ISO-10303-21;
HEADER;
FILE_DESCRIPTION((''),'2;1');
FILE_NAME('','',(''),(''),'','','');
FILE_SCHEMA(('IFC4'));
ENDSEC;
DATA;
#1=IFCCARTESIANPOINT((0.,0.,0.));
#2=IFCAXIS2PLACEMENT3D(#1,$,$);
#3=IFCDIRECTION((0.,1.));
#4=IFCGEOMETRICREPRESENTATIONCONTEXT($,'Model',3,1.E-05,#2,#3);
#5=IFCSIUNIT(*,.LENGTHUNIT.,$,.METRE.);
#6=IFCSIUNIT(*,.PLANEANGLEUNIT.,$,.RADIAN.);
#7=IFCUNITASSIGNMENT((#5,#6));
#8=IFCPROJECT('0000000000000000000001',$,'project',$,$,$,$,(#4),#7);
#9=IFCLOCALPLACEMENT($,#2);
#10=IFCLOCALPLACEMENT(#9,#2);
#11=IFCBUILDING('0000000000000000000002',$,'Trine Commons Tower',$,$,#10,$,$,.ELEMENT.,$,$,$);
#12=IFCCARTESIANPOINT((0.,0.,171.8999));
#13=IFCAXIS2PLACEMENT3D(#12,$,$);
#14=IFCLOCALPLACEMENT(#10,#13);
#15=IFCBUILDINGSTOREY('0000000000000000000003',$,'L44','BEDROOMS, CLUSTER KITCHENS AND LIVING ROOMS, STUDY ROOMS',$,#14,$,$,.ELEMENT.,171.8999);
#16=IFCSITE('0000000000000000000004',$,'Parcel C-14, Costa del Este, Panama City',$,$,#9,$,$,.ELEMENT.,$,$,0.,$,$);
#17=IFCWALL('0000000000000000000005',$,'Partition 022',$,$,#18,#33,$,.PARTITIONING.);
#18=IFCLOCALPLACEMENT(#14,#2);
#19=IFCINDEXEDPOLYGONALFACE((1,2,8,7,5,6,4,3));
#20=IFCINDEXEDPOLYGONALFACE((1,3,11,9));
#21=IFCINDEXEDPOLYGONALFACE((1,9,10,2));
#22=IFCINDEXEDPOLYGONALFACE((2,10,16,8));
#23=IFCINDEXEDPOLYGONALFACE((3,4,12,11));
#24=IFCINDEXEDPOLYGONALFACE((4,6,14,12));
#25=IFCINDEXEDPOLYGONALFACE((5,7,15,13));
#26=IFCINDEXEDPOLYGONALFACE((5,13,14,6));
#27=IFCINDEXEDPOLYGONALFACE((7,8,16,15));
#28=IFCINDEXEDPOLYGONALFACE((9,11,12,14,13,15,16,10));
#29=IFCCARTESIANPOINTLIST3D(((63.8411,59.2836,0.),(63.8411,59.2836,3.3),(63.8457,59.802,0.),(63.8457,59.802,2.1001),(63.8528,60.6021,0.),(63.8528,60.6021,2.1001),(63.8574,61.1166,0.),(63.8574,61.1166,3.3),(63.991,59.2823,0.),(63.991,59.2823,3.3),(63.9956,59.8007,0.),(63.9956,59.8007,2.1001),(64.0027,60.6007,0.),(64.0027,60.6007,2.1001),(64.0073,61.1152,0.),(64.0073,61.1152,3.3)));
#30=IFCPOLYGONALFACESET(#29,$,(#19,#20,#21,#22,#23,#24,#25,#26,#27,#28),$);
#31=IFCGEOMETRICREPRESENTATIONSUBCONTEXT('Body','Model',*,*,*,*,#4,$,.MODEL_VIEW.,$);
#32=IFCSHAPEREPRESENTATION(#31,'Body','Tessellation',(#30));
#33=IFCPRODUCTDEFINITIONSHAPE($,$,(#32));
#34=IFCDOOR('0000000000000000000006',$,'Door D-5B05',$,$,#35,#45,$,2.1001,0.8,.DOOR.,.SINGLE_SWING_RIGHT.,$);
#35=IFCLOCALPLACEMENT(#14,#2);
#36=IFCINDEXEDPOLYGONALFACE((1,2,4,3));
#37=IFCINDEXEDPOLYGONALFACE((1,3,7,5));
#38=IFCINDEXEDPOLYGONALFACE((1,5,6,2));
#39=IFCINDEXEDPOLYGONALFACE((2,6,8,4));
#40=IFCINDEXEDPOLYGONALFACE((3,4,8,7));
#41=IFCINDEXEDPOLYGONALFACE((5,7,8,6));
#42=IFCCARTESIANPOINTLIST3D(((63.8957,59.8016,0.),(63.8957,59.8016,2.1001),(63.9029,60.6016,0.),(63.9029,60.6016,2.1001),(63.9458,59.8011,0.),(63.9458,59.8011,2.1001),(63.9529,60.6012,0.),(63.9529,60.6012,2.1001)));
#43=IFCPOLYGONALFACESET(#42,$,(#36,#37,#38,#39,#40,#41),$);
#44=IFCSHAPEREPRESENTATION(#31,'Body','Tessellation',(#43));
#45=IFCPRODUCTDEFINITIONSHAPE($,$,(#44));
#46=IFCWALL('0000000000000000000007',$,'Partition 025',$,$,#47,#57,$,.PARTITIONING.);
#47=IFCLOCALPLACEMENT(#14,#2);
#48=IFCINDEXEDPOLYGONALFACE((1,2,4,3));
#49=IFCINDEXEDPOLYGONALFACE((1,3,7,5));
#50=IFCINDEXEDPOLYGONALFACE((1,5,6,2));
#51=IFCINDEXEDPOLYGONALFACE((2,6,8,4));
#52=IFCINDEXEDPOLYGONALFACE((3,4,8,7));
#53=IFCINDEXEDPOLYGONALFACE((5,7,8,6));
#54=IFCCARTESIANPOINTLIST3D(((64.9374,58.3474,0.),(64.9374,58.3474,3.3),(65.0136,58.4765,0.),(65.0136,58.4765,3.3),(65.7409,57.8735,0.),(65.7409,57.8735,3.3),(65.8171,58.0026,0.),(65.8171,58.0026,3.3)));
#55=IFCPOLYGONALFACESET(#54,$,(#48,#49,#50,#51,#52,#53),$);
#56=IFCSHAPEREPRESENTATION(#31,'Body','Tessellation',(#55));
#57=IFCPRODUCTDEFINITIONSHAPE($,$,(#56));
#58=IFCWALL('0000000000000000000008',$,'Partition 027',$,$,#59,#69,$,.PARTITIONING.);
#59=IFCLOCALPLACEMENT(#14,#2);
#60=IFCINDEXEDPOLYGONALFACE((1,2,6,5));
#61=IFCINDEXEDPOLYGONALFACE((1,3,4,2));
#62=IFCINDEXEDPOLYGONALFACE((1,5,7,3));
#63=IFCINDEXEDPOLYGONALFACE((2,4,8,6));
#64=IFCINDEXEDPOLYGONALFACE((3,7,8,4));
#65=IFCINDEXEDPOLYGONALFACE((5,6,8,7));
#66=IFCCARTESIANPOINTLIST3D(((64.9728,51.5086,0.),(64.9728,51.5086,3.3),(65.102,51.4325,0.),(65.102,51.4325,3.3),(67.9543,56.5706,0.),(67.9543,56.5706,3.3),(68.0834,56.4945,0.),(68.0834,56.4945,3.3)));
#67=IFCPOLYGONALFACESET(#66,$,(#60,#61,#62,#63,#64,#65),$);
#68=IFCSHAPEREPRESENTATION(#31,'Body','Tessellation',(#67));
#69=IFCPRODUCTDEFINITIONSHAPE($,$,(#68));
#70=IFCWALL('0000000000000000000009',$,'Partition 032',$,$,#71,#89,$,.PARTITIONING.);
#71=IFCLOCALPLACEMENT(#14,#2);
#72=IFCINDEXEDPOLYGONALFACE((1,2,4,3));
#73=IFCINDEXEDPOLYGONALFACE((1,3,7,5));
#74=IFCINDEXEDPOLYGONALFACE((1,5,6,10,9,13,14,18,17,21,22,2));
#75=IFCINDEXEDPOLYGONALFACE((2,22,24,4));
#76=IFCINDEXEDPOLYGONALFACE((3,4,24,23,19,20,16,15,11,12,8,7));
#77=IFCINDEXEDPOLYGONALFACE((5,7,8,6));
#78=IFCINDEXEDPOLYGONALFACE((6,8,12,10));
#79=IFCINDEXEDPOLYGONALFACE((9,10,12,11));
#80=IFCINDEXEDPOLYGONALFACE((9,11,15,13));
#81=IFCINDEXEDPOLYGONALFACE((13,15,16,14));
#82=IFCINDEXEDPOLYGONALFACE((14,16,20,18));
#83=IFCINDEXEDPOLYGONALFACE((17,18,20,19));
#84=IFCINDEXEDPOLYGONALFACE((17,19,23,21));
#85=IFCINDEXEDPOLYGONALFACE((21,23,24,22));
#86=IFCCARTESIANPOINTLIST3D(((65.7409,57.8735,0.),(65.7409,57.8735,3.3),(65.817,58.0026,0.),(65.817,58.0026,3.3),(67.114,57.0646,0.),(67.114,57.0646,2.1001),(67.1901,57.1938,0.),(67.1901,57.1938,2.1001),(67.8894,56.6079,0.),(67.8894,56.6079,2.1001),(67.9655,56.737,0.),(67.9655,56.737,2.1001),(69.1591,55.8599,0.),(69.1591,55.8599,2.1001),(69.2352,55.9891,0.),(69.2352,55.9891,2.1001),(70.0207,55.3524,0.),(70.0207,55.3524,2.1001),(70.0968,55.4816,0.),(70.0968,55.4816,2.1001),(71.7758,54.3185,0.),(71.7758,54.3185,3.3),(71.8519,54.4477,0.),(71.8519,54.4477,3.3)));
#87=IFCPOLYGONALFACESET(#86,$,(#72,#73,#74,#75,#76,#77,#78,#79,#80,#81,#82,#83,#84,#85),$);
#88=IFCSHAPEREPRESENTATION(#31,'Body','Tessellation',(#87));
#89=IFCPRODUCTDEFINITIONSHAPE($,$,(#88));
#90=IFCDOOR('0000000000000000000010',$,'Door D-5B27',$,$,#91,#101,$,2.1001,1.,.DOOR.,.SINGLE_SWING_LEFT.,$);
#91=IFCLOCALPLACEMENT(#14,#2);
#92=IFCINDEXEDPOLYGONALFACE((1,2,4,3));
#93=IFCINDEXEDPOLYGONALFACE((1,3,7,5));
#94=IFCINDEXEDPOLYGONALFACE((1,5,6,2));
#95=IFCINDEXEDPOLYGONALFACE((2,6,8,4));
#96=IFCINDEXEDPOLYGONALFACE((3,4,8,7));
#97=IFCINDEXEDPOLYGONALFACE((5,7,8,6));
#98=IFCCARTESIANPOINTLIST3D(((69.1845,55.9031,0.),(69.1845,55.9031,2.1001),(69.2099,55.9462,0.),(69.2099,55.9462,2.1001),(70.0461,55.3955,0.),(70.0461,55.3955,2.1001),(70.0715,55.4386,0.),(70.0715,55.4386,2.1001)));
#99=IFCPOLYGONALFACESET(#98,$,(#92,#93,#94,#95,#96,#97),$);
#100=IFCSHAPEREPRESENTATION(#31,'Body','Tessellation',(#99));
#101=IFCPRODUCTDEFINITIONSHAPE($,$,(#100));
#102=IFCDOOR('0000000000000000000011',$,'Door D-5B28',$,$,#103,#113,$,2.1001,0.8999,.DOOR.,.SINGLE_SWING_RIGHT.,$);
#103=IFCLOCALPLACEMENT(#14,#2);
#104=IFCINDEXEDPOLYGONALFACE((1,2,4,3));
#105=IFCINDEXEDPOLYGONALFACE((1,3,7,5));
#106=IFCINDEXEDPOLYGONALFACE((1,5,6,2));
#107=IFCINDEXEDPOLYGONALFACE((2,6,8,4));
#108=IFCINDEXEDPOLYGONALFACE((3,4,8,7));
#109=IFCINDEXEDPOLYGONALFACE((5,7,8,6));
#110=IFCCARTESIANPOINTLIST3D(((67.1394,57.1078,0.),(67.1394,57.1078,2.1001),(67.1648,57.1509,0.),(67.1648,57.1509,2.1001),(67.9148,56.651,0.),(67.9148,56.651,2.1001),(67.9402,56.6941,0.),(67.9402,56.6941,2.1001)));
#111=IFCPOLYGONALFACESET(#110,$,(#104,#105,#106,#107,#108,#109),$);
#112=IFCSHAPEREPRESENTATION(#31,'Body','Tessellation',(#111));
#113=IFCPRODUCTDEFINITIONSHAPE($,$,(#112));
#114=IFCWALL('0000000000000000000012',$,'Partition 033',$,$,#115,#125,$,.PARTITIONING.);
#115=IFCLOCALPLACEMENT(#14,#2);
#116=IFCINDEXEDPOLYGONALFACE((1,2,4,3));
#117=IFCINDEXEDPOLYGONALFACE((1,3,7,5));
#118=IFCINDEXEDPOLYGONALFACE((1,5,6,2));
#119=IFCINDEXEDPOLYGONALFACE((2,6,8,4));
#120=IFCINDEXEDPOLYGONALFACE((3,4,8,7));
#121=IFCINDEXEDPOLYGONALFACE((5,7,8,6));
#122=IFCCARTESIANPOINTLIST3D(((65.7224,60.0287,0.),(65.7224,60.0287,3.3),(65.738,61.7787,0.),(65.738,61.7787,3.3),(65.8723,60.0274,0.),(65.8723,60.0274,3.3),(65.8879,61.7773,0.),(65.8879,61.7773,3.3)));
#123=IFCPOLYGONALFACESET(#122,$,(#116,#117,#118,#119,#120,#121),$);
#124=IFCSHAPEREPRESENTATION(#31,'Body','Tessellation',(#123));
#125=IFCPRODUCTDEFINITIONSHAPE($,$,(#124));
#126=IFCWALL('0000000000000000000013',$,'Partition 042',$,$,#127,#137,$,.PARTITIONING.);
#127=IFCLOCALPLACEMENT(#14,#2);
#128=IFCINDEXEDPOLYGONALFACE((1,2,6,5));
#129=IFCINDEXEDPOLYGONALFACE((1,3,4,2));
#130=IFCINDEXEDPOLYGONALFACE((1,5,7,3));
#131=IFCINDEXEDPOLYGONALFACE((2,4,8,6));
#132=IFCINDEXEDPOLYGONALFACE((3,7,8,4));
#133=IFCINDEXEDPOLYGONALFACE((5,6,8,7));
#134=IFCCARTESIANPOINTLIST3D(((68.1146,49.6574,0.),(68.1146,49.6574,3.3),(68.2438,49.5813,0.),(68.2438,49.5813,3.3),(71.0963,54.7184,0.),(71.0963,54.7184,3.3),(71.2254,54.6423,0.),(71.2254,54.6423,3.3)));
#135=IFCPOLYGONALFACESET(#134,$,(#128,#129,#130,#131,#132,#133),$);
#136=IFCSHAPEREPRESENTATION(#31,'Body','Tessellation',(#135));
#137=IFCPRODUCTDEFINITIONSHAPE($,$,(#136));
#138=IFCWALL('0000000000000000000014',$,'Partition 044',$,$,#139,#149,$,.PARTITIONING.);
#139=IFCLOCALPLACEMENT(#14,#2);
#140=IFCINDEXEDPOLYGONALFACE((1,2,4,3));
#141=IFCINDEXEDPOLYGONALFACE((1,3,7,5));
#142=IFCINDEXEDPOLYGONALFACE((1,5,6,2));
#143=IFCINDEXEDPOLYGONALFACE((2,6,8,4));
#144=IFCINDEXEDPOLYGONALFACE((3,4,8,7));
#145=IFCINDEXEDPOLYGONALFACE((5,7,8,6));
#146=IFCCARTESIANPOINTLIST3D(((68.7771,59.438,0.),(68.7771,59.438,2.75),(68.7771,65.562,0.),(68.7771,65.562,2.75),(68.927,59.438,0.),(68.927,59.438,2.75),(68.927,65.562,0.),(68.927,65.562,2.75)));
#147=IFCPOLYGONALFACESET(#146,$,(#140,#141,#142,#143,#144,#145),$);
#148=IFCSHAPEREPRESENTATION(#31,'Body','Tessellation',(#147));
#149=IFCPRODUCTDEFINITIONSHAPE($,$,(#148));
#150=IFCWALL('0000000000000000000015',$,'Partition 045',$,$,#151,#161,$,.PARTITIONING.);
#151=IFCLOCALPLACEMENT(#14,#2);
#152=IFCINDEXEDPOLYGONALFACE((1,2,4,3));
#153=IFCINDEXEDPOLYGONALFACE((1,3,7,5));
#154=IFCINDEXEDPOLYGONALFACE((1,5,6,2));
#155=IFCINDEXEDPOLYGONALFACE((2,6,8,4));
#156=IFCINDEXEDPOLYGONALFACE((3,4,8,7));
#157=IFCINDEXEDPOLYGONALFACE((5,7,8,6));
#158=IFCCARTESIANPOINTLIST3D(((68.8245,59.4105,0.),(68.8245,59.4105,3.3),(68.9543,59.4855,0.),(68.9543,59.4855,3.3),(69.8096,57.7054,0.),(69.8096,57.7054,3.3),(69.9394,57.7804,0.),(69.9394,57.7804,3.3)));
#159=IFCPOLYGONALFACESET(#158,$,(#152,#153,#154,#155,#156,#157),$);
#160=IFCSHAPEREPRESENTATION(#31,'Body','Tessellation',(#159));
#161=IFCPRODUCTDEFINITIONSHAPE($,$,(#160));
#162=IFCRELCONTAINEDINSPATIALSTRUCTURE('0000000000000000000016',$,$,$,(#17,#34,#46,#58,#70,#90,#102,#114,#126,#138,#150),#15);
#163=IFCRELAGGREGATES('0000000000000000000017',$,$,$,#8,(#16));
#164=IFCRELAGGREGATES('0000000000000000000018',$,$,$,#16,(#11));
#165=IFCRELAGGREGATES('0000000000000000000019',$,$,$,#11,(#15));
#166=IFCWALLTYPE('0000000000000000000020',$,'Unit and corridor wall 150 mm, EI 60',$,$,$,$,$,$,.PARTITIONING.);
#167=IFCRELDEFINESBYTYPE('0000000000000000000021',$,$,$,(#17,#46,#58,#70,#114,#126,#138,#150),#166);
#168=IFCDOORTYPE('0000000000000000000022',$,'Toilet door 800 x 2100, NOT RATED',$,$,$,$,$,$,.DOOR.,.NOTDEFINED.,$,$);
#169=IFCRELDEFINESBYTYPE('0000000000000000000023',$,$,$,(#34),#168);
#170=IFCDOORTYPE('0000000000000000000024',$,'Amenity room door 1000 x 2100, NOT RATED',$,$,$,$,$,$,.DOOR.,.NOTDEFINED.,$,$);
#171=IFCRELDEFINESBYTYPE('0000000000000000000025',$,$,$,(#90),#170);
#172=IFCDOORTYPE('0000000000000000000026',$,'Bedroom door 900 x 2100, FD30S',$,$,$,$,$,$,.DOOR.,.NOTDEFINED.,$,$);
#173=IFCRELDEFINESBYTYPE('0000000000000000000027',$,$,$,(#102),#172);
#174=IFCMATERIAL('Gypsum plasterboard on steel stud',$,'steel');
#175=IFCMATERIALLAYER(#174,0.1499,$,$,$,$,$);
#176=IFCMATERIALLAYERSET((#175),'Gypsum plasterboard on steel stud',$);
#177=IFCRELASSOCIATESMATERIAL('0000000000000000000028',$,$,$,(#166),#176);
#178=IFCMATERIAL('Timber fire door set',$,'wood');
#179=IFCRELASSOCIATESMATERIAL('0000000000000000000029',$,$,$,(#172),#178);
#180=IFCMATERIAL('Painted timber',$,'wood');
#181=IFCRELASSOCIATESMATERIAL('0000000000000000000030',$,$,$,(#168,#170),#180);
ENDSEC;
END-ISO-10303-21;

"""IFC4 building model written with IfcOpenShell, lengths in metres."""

from ifc_helpers import new_model, si_unit, direction, frame, frame_2d, origin, place, context, subcontext, project, spatial, rectangle, extrude, material, layer, layer_set, type_object, element, fill, save


model = new_model("IFC4")

# Units and contexts
model_context = context("Model", 3, precision=1e-05, world=origin(), true_north=direction((0.0, 1.0)))
body_context = subcontext(model_context, "Body", "Model", "MODEL_VIEW")
ifc_project = project(units=[si_unit("LENGTHUNIT", "METRE"), si_unit("PLANEANGLEUNIT", "RADIAN")], contexts=[model_context])

# Site, building, storey
site_placement = place(None, origin())
site = spatial("IfcSite", under=ifc_project, at=site_placement, Name="Parcel C-14, Costa del Este, Panama City", CompositionType="ELEMENT", RefElevation=0.0)
building_placement = place(site_placement, origin())
building = spatial("IfcBuilding", under=site, at=building_placement, Name="Trine Commons Tower", CompositionType="ELEMENT")
storey_placement = place(building_placement, frame((0.0, 0.0, 171.8999)))
storey = spatial("IfcBuildingStorey", under=building, at=storey_placement, Name="L44", Description="BEDROOMS, CLUSTER KITCHENS AND LIVING ROOMS, STUDY ROOMS", CompositionType="ELEMENT", Elevation=171.8999)

# Shared definitions
ifc_material_1 = material(Name="Gypsum plasterboard on steel stud", Category="steel")
ifc_layer_1 = layer(ifc_material_1, 0.1499)
ifc_layer_set_1 = layer_set([ifc_layer_1], Name="Gypsum plasterboard on steel stud")
wall_type_1 = type_object("IfcWallType", Name="Unit and corridor wall 150 mm, EI 60", PredefinedType="PARTITIONING", material=ifc_layer_set_1)
ifc_material_2 = material(Name="Timber fire door set", Category="wood")
door_type_1 = type_object("IfcDoorType", Name="Bedroom door 900 x 2100, FD30S", OperationType="NOTDEFINED", PredefinedType="DOOR", material=ifc_material_2)

# Wall, opening, door
wall_1_placement = place(storey_placement, frame((63.916, 59.283, 0.0), z_axis=(0.0, 0.0, 1.0), x_axis=(0.008923, 0.99996, 0.0)))
wall_1 = element("IfcWall", 1, at=wall_1_placement, inside=storey, type_object=wall_type_1, Name="Partition 022", PredefinedType="PARTITIONING", context=body_context, shape_type="SweptSolid", body=[
    extrude(rectangle(XDim=1.833, YDim=0.1499, at=frame_2d((0.9165, 0.0))), origin(), (0.0, 0.0, 1.0), 3.3),
])
opening_1_placement = place(wall_1_placement, frame((0.5186, 0.0, 0.0)))
opening_1 = element("IfcOpeningElement", 2, at=opening_1_placement, cuts=wall_1, PredefinedType="OPENING", context=body_context, shape_type="SweptSolid", body=[
    extrude(rectangle(XDim=0.8, YDim=2.1001, at=frame_2d((0.3999, 1.05))), frame((0.0, 0.085, 0.0), z_axis=(0.0, -1.0, 0.0), x_axis=(1.0, 0.0, 0.0)), (0.0, 0.0, 1.0), 0.1699),
])
ifc_material_3 = material(Name="Painted timber", Category="wood")
door_type_2 = type_object("IfcDoorType", Name="Toilet door 800 x 2100, NOT RATED", OperationType="NOTDEFINED", PredefinedType="DOOR", material=ifc_material_3)
door_1_placement = place(opening_1_placement, origin())
door_1 = element("IfcDoor", 3, at=door_1_placement, inside=storey, type_object=door_type_2, Name="Door D-5B05", OperationType="SINGLE_SWING_RIGHT", OverallHeight=2.1001, OverallWidth=0.8, PredefinedType="DOOR", context=body_context, shape_type="SweptSolid", body=[
    extrude(rectangle(XDim=0.8, YDim=2.1001, at=frame_2d((0.3999, 1.05))), frame((0.0, 0.0249, 0.0), z_axis=(0.0, -1.0, 0.0), x_axis=(1.0, 0.0, 0.0)), (0.0, 0.0, 1.0), 0.05),
])
fill(opening_1, door_1)

# Walls
wall_2_placement = place(storey_placement, frame((64.9756, 58.4119, 0.0), z_axis=(0.0, 0.0, 1.0), x_axis=(0.861348, -0.508015, 0.0)))
element("IfcWall", 4, at=wall_2_placement, inside=storey, type_object=wall_type_1, Name="Partition 025", PredefinedType="PARTITIONING", context=body_context, shape_type="SweptSolid", body=[
    extrude(rectangle(XDim=0.9329, YDim=0.1499, at=frame_2d((0.4663, 0.0))), origin(), (0.0, 0.0, 1.0), 3.3),
])
wall_3_placement = place(storey_placement, frame((65.0374, 51.4705, 0.0), z_axis=(0.0, 0.0, 1.0), x_axis=(0.5075, 0.861652, 0.0)))
element("IfcWall", 5, at=wall_3_placement, inside=storey, type_object=wall_type_1, Name="Partition 027", PredefinedType="PARTITIONING", context=body_context, shape_type="SweptSolid", body=[
    extrude(rectangle(XDim=5.8748, YDim=0.1499, at=frame_2d((2.9375, 0.0))), origin(), (0.0, 0.0, 1.0), 3.3),
])

# Wall, openings, doors
wall_4_placement = place(storey_placement, frame((65.7791, 57.938, 0.0), z_axis=(0.0, 0.0, 1.0), x_axis=(0.861623, -0.507549, 0.0)))
wall_4 = element("IfcWall", 6, at=wall_4_placement, inside=storey, type_object=wall_type_1, Name="Partition 032", PredefinedType="PARTITIONING", context=body_context, shape_type="SweptSolid", body=[
    extrude(rectangle(XDim=7.0042, YDim=0.1499, at=frame_2d((3.502, 0.0))), origin(), (0.0, 0.0, 1.0), 3.3),
])
opening_2_placement = place(wall_4_placement, frame((3.967, 0.0, 0.0)))
opening_2 = element("IfcOpeningElement", 7, at=opening_2_placement, cuts=wall_4, PredefinedType="OPENING", context=body_context, shape_type="SweptSolid", body=[
    extrude(rectangle(XDim=1.0, YDim=2.1001, at=frame_2d((0.5, 1.05))), frame((0.0, 0.085, 0.0), z_axis=(0.0, -1.0, 0.0), x_axis=(1.0, 0.0, 0.0)), (0.0, 0.0, 1.0), 0.1699),
])
opening_3_placement = place(wall_4_placement, frame((1.5935, 0.0, 0.0)))
opening_3 = element("IfcOpeningElement", 8, at=opening_3_placement, cuts=wall_4, PredefinedType="OPENING", context=body_context, shape_type="SweptSolid", body=[
    extrude(rectangle(XDim=0.8999, YDim=2.1001, at=frame_2d((0.45, 1.05))), frame((0.0, 0.085, 0.0), z_axis=(0.0, -1.0, 0.0), x_axis=(1.0, 0.0, 0.0)), (0.0, 0.0, 1.0), 0.1699),
])
door_type_3 = type_object("IfcDoorType", Name="Amenity room door 1000 x 2100, NOT RATED", OperationType="NOTDEFINED", PredefinedType="DOOR", material=ifc_material_3)
door_2_placement = place(opening_2_placement, frame((1.0, 0.0, 0.0), z_axis=(0.0, 0.0, 1.0), x_axis=(-1.0, 0.0, 0.0)))
door_2 = element("IfcDoor", 9, at=door_2_placement, inside=storey, type_object=door_type_3, Name="Door D-5B27", OperationType="SINGLE_SWING_LEFT", OverallHeight=2.1001, OverallWidth=1.0, PredefinedType="DOOR", context=body_context, shape_type="SweptSolid", body=[
    extrude(rectangle(XDim=1.0, YDim=2.1001, at=frame_2d((0.5, 1.05))), frame((0.0, 0.0249, 0.0), z_axis=(0.0, -1.0, 0.0), x_axis=(1.0, 0.0, 0.0)), (0.0, 0.0, 1.0), 0.05),
])
fill(opening_2, door_2)
door_3_placement = place(opening_3_placement, frame((0.8999, 0.0, 0.0), z_axis=(0.0, 0.0, 1.0), x_axis=(-1.0, 0.0, 0.0)))
door_3 = element("IfcDoor", 10, at=door_3_placement, inside=storey, type_object=door_type_1, Name="Door D-5B28", OperationType="SINGLE_SWING_RIGHT", OverallHeight=2.1001, OverallWidth=0.8999, PredefinedType="DOOR", context=body_context, shape_type="SweptSolid", body=[
    extrude(rectangle(XDim=0.8999, YDim=2.1001, at=frame_2d((0.45, 1.05))), frame((0.0, 0.0249, 0.0), z_axis=(0.0, -1.0, 0.0), x_axis=(1.0, 0.0, 0.0)), (0.0, 0.0, 1.0), 0.05),
])
fill(opening_3, door_3)

# Walls
wall_5_placement = place(storey_placement, frame((65.7974, 60.0281, 0.0), z_axis=(0.0, 0.0, 1.0), x_axis=(0.008928, 0.99996, 0.0)))
element("IfcWall", 11, at=wall_5_placement, inside=storey, type_object=wall_type_1, Name="Partition 033", PredefinedType="PARTITIONING", context=body_context, shape_type="SweptSolid", body=[
    extrude(rectangle(XDim=1.75, YDim=0.1499, at=frame_2d((0.875, 0.0))), origin(), (0.0, 0.0, 1.0), 3.3),
])
wall_6_placement = place(storey_placement, frame((68.1792, 49.6194, 0.0), z_axis=(0.0, 0.0, 1.0), x_axis=(0.507603, 0.861591, 0.0)))
element("IfcWall", 12, at=wall_6_placement, inside=storey, type_object=wall_type_1, Name="Partition 042", PredefinedType="PARTITIONING", context=body_context, shape_type="SweptSolid", body=[
    extrude(rectangle(XDim=5.874, YDim=0.1499, at=frame_2d((2.937, 0.0))), origin(), (0.0, 0.0, 1.0), 3.3),
])
wall_7_placement = place(storey_placement, frame((68.8521, 59.438, 0.0), z_axis=(0.0, 0.0, 1.0), x_axis=(0.0, 1.0, 0.0)))
element("IfcWall", 13, at=wall_7_placement, inside=storey, type_object=wall_type_1, Name="Partition 044", PredefinedType="PARTITIONING", context=body_context, shape_type="SweptSolid", body=[
    extrude(rectangle(XDim=6.124, YDim=0.1499, at=frame_2d((3.062, 0.0))), origin(), (0.0, 0.0, 1.0), 2.75),
])
wall_8_placement = place(storey_placement, frame((68.8894, 59.448, 0.0), z_axis=(0.0, 0.0, 1.0), x_axis=(0.500259, -0.865876, 0.0)))
element("IfcWall", 14, at=wall_8_placement, inside=storey, type_object=wall_type_1, Name="Partition 045", PredefinedType="PARTITIONING", context=body_context, shape_type="SweptSolid", body=[
    extrude(rectangle(XDim=1.9692, YDim=0.1499, at=frame_2d((0.9846, 0.0))), origin(), (0.0, 0.0, 1.0), 3.3),
])

save(model, "model.ifc")
